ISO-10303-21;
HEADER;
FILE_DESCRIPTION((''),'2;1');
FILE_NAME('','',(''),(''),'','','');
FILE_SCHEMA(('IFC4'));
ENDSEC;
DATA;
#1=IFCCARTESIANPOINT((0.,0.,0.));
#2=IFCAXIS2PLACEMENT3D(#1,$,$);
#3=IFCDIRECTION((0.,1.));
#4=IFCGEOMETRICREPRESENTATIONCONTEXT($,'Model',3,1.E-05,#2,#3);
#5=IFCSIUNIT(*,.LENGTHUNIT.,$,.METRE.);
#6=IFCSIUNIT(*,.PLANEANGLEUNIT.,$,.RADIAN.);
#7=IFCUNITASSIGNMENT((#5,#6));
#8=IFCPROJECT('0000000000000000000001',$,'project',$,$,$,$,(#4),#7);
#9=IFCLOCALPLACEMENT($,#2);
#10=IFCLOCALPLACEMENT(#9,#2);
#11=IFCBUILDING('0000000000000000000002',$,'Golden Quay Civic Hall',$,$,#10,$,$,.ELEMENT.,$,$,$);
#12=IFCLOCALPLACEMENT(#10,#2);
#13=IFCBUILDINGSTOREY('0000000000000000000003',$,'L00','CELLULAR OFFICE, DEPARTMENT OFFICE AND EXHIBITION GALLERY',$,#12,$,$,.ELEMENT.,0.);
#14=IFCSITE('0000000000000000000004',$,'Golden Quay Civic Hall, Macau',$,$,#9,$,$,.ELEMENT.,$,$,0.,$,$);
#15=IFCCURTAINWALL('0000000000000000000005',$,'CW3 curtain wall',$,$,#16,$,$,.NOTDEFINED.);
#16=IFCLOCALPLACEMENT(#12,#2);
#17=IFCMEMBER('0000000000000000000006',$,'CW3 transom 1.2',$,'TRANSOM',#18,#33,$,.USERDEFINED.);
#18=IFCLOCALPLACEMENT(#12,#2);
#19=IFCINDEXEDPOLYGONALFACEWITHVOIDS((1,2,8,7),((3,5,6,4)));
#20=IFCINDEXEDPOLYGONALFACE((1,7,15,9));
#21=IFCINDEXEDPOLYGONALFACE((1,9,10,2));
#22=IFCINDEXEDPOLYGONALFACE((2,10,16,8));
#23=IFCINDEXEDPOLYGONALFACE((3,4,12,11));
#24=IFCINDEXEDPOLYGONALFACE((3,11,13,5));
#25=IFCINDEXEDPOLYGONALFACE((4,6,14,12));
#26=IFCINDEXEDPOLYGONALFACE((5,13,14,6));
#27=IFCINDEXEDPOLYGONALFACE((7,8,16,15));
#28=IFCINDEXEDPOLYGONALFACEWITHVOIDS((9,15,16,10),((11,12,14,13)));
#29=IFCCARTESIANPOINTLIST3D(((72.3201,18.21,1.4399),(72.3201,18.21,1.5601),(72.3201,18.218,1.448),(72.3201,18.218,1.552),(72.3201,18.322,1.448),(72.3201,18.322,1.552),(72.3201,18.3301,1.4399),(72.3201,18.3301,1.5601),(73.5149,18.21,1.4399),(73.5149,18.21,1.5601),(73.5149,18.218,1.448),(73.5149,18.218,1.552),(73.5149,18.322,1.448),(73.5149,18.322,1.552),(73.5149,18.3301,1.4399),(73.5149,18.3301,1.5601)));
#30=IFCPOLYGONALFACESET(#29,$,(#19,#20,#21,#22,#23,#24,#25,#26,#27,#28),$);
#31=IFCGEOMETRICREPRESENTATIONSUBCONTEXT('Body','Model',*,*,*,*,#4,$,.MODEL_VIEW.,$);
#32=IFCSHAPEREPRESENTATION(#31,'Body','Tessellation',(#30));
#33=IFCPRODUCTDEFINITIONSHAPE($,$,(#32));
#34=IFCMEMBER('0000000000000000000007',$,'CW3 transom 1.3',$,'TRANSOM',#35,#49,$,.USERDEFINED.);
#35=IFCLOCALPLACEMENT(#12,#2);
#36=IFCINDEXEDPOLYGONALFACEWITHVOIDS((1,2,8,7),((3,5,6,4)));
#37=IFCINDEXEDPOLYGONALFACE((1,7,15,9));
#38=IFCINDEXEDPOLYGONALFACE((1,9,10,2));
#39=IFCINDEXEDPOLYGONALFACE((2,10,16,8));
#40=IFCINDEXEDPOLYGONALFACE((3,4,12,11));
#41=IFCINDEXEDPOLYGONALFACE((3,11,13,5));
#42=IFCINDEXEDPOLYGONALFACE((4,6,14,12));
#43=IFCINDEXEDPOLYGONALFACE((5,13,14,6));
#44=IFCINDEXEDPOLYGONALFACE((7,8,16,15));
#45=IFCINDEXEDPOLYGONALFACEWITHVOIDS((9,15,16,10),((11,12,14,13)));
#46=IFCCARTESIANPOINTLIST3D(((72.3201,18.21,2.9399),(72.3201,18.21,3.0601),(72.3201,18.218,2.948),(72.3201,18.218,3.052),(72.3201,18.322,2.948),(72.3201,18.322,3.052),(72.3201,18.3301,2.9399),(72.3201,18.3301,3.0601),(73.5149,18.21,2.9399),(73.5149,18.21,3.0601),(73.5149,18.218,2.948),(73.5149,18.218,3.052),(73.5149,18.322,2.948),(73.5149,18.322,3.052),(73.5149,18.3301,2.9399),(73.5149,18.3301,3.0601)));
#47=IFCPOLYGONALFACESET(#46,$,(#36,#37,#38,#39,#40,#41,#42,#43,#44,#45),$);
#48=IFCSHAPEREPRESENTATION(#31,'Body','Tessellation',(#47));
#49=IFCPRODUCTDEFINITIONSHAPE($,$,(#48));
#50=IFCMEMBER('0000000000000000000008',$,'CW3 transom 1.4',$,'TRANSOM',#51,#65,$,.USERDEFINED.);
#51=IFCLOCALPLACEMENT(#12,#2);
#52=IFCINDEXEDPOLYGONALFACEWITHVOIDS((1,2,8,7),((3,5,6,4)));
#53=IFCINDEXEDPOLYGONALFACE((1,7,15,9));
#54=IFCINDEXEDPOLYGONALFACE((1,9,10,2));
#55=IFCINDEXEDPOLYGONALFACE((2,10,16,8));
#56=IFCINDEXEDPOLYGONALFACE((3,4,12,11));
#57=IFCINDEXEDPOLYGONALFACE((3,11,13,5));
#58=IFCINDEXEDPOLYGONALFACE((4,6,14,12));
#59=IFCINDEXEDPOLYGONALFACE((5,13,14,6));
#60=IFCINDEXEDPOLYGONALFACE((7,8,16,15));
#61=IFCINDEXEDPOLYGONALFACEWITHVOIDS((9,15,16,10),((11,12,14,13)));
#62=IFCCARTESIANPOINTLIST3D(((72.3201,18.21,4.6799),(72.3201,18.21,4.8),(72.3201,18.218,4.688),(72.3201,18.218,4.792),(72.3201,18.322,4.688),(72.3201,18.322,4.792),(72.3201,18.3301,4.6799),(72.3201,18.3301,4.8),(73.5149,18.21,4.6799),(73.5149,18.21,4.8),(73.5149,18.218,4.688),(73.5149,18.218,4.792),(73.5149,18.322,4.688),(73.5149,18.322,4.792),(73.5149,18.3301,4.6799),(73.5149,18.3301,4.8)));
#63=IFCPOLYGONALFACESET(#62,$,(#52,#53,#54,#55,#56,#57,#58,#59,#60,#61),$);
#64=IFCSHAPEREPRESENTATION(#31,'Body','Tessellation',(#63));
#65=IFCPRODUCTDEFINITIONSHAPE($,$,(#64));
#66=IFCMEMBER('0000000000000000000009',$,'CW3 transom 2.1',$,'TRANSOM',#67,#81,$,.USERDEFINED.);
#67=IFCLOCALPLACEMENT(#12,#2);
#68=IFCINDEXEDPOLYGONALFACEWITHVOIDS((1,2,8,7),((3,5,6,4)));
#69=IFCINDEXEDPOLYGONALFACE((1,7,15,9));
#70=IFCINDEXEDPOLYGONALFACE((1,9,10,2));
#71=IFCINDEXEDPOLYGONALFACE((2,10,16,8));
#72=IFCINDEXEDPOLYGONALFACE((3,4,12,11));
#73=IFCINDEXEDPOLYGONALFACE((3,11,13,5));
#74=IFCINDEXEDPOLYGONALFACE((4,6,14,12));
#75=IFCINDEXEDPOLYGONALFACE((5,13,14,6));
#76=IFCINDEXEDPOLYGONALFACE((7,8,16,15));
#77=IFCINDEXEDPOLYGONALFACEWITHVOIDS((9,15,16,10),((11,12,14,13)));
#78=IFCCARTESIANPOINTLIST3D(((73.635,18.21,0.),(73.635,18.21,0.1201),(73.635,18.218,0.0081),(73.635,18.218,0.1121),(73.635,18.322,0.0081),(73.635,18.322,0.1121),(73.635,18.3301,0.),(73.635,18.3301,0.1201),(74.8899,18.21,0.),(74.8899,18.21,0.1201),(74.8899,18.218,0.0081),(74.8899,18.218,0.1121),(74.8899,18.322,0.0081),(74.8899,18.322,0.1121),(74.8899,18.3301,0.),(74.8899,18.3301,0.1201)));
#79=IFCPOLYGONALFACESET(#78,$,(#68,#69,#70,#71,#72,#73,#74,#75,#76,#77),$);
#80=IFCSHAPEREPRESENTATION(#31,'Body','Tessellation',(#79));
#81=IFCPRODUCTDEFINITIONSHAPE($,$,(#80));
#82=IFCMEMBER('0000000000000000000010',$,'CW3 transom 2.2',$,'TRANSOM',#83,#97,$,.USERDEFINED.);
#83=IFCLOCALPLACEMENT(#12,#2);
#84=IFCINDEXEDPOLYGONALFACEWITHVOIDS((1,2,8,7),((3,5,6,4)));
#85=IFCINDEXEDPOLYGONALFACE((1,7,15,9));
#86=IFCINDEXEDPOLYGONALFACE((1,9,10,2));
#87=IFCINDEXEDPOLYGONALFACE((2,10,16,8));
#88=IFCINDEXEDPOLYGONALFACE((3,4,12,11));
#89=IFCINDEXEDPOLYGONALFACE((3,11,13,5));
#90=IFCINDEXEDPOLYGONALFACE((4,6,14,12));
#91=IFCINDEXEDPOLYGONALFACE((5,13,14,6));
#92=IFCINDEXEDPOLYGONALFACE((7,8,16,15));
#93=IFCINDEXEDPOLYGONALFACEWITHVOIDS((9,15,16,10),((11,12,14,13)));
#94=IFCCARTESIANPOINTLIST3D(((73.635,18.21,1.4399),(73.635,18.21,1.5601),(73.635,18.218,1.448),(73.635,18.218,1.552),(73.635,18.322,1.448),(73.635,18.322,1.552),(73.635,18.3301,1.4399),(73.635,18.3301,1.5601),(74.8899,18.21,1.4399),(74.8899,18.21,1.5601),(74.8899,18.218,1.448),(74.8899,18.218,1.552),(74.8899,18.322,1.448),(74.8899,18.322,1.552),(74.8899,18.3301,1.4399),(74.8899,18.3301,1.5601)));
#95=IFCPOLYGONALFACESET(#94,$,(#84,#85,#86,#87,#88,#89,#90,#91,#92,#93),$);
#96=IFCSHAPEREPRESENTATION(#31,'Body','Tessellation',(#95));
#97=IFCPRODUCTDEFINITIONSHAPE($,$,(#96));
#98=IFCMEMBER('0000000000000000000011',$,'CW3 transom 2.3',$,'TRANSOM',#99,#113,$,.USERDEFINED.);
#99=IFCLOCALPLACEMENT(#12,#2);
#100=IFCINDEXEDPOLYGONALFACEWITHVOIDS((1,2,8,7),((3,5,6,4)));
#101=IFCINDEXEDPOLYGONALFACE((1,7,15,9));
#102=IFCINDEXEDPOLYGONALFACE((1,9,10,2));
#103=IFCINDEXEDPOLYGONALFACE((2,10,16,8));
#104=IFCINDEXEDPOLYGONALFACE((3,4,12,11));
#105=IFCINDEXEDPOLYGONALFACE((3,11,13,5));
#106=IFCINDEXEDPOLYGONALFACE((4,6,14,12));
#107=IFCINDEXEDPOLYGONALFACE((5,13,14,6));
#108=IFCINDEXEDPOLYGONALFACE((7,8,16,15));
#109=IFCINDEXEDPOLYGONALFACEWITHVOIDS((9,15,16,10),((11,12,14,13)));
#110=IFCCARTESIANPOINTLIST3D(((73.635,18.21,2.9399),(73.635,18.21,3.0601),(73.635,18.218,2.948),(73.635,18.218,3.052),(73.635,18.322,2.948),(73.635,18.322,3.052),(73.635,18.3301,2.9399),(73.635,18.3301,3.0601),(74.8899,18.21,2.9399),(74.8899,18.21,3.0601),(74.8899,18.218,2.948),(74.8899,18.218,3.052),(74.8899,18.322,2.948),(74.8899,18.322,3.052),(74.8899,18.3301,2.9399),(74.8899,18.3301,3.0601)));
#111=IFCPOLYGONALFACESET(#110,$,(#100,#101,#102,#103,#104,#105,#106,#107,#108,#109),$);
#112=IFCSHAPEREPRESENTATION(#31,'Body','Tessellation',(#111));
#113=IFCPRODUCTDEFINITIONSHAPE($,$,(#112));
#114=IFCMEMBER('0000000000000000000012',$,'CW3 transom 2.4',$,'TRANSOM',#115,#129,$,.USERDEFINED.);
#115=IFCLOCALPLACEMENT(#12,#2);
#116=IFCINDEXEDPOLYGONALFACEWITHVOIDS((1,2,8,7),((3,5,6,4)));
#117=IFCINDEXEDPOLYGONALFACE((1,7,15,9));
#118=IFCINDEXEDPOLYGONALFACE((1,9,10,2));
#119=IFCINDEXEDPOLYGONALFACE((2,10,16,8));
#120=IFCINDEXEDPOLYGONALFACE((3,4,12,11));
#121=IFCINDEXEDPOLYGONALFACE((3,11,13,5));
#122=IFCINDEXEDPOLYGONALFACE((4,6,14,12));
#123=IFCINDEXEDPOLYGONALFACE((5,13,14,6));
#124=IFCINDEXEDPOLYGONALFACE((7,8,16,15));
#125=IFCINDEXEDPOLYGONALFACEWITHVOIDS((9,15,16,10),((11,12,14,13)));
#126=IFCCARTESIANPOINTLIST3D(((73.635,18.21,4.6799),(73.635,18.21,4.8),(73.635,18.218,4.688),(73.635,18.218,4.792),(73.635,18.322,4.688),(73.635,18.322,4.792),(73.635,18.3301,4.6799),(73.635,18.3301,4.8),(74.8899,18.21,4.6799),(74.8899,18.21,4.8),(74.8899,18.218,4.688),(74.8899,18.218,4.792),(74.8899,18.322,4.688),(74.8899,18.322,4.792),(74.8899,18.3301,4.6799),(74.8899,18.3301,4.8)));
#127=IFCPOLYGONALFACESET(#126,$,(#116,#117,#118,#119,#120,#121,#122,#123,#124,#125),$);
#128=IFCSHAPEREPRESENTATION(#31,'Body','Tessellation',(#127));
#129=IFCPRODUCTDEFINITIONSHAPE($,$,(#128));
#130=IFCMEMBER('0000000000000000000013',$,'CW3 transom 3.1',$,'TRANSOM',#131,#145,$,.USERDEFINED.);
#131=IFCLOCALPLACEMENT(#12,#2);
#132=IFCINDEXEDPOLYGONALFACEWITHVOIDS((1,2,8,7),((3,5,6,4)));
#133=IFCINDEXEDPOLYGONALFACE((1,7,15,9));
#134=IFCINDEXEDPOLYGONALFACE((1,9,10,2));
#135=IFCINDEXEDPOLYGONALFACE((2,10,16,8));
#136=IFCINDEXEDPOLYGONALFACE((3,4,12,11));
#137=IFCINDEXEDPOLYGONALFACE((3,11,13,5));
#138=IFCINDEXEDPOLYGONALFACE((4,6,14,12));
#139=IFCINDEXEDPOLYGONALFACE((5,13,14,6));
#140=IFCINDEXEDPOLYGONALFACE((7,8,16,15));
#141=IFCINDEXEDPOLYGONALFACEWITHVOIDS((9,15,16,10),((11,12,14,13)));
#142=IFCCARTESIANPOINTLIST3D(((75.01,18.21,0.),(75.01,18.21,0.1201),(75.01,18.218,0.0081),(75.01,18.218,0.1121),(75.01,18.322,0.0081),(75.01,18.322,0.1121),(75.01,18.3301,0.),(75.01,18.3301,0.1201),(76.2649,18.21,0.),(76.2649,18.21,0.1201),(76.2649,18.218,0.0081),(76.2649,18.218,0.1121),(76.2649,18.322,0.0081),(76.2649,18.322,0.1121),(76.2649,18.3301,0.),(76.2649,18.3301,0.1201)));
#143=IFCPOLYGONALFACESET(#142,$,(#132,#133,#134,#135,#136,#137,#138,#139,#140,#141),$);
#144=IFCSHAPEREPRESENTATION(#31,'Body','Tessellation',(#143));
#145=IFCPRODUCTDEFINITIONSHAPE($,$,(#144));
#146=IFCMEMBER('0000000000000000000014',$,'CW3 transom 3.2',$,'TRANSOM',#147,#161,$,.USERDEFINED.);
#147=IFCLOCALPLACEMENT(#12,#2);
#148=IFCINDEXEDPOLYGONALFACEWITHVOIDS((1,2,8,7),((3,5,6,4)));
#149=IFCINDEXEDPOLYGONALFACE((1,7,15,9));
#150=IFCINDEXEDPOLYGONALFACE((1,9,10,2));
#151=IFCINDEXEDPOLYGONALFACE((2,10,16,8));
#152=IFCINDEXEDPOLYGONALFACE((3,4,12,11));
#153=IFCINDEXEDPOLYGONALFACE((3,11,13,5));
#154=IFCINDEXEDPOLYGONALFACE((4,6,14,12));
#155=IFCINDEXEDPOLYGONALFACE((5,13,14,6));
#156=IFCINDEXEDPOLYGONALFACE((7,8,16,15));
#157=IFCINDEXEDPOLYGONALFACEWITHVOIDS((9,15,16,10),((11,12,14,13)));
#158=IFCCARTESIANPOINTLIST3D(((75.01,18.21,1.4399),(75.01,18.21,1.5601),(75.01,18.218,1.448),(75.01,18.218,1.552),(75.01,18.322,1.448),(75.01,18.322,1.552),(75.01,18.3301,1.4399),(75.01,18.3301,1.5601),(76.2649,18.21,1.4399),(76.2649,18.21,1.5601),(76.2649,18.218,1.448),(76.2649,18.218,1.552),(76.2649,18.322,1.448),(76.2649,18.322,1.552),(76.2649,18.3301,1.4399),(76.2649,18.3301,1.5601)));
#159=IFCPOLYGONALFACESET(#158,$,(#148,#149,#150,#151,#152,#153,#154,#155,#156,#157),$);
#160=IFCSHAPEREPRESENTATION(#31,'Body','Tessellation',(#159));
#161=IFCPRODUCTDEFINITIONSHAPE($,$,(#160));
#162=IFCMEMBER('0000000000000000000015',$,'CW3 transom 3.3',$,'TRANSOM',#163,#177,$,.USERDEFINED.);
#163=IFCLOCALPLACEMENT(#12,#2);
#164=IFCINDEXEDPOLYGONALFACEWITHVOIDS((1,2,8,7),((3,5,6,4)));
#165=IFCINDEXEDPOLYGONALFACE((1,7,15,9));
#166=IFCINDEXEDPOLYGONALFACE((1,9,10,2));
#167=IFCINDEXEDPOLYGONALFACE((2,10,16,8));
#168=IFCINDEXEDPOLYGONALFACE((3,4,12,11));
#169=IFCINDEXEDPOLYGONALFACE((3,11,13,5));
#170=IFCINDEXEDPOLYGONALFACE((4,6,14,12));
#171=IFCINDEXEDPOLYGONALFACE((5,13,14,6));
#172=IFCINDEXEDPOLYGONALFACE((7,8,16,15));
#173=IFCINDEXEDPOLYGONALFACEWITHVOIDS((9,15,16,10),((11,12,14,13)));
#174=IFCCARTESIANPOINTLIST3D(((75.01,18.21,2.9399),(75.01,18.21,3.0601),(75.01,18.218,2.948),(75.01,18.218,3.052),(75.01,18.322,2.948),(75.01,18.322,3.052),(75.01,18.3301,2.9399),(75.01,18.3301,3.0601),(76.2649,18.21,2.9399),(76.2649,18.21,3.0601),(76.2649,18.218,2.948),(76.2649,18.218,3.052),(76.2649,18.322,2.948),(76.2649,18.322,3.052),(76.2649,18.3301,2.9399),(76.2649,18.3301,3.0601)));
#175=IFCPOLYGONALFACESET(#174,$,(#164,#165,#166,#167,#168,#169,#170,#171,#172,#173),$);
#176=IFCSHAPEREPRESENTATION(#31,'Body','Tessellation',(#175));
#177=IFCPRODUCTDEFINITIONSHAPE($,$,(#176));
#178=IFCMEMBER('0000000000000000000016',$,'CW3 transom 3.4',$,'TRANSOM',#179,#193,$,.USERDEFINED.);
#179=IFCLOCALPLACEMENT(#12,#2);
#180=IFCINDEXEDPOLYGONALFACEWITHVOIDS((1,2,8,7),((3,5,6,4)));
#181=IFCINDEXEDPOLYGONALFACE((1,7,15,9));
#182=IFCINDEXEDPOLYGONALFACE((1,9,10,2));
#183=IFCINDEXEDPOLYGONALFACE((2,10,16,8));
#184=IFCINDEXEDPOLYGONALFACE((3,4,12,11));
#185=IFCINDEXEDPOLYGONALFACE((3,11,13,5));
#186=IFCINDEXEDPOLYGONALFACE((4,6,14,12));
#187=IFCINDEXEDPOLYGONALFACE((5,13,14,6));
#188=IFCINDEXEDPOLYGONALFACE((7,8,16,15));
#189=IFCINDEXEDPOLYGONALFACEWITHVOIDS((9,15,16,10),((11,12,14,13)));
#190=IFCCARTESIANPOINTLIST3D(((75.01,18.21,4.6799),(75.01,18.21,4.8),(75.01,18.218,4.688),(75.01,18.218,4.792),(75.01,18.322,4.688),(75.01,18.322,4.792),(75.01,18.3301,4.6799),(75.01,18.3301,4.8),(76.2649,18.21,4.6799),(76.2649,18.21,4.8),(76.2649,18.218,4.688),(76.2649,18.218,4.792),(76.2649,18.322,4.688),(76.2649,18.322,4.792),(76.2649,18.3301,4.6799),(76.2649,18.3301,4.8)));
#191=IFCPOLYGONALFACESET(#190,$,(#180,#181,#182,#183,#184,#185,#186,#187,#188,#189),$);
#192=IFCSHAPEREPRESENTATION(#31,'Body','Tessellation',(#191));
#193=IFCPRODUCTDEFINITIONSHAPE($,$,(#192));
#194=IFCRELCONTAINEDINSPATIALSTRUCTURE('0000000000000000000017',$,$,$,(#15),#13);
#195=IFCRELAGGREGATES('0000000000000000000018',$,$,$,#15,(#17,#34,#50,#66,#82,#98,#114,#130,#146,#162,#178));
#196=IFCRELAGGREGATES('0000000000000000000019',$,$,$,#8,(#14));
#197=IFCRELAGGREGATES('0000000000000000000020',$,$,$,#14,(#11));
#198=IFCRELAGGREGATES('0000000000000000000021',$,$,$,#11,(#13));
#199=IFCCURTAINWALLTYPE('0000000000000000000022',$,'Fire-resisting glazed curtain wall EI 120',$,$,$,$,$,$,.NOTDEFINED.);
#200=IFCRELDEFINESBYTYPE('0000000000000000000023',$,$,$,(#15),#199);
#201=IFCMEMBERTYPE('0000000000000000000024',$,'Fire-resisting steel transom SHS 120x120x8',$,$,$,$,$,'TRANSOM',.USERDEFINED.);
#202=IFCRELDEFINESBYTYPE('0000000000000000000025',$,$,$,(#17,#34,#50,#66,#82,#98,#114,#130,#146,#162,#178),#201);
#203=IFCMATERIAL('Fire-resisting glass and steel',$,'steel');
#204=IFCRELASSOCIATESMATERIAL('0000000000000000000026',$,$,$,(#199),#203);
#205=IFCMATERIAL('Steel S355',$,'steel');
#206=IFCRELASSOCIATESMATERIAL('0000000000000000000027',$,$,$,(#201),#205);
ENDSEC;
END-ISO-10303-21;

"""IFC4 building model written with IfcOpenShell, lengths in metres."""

from ifc_helpers import new_model, si_unit, direction, frame, origin, origin_2d, place, context, subcontext, project, spatial, hollow_rectangle, extrude, material, material_profile, profile_set, type_object, element, aggregate, save


model = new_model("IFC4")

# Units and contexts
model_context = context("Model", 3, precision=1e-05, world=origin(), true_north=direction((0.0, 1.0)))
body_context = subcontext(model_context, "Body", "Model", "MODEL_VIEW")
ifc_project = project(units=[si_unit("LENGTHUNIT", "METRE"), si_unit("PLANEANGLEUNIT", "RADIAN")], contexts=[model_context])

# Site, building, storey
site_placement = place(None, origin())
site = spatial("IfcSite", under=ifc_project, at=site_placement, Name="Golden Quay Civic Hall, Macau", CompositionType="ELEMENT", RefElevation=0.0)
building_placement = place(site_placement, origin())
building = spatial("IfcBuilding", under=site, at=building_placement, Name="Golden Quay Civic Hall", CompositionType="ELEMENT")
storey_placement = place(building_placement, origin())
storey = spatial("IfcBuildingStorey", under=building, at=storey_placement, Name="L00", Description="CELLULAR OFFICE, DEPARTMENT OFFICE AND EXHIBITION GALLERY", CompositionType="ELEMENT", Elevation=0.0)

# Curtain wall, members
ifc_material_1 = material(Name="Fire-resisting glass and steel", Category="steel")
curtain_wall_type = type_object("IfcCurtainWallType", Name="Fire-resisting glazed curtain wall EI 120", PredefinedType="NOTDEFINED", material=ifc_material_1)
curtain_wall_placement = place(storey_placement, origin())
curtain_wall = element("IfcCurtainWall", 1, at=curtain_wall_placement, inside=storey, type_object=curtain_wall_type, Name="CW3 curtain wall", PredefinedType="NOTDEFINED")
ifc_material_2 = material(Name="Steel S355", Category="steel")
ifc_material_profile_1 = material_profile(ifc_material_2, hollow_rectangle(XDim=0.1201, YDim=0.1201, WallThickness=0.0081, at=origin_2d()), Name="SHS 120x120x8")
ifc_profile_set_1 = profile_set([ifc_material_profile_1], Name="Steel S355")
member_type_1 = type_object("IfcMemberType", Name="Fire-resisting steel transom SHS 120x120x8", ElementType="TRANSOM", PredefinedType="USERDEFINED", material=ifc_profile_set_1)
member_1_placement = place(storey_placement, frame((72.3201, 18.27, 1.5), z_axis=(1.0, 0.0, 0.0), x_axis=(0.0, 1.0, 0.0)))
member_1 = element("IfcMember", 2, at=member_1_placement, type_object=member_type_1, Name="CW3 transom 1.2", ObjectType="TRANSOM", PredefinedType="USERDEFINED", context=body_context, shape_type="SweptSolid", body=[
    extrude(hollow_rectangle(XDim=0.1201, YDim=0.1201, WallThickness=0.0081, at=origin_2d()), origin(), (0.0, 0.0, 1.0), 1.1948),
])
member_2_placement = place(storey_placement, frame((72.3201, 18.27, 3.0), z_axis=(1.0, 0.0, 0.0), x_axis=(0.0, 1.0, 0.0)))
member_2 = element("IfcMember", 3, at=member_2_placement, type_object=member_type_1, Name="CW3 transom 1.3", ObjectType="TRANSOM", PredefinedType="USERDEFINED", context=body_context, shape_type="SweptSolid", body=[
    extrude(hollow_rectangle(XDim=0.1201, YDim=0.1201, WallThickness=0.0081, at=origin_2d()), origin(), (0.0, 0.0, 1.0), 1.1948),
])
member_3_placement = place(storey_placement, frame((72.3201, 18.27, 4.74), z_axis=(1.0, 0.0, 0.0), x_axis=(0.0, 1.0, 0.0)))
member_3 = element("IfcMember", 4, at=member_3_placement, type_object=member_type_1, Name="CW3 transom 1.4", ObjectType="TRANSOM", PredefinedType="USERDEFINED", context=body_context, shape_type="SweptSolid", body=[
    extrude(hollow_rectangle(XDim=0.1201, YDim=0.1201, WallThickness=0.0081, at=origin_2d()), origin(), (0.0, 0.0, 1.0), 1.1948),
])
member_4_placement = place(storey_placement, frame((73.635, 18.27, 0.0601), z_axis=(1.0, 0.0, 0.0), x_axis=(0.0, 1.0, 0.0)))
member_4 = element("IfcMember", 5, at=member_4_placement, type_object=member_type_1, Name="CW3 transom 2.1", ObjectType="TRANSOM", PredefinedType="USERDEFINED", context=body_context, shape_type="SweptSolid", body=[
    extrude(hollow_rectangle(XDim=0.1201, YDim=0.1201, WallThickness=0.0081, at=origin_2d()), origin(), (0.0, 0.0, 1.0), 1.2549),
])
member_5_placement = place(storey_placement, frame((73.635, 18.27, 1.5), z_axis=(1.0, 0.0, 0.0), x_axis=(0.0, 1.0, 0.0)))
member_5 = element("IfcMember", 6, at=member_5_placement, type_object=member_type_1, Name="CW3 transom 2.2", ObjectType="TRANSOM", PredefinedType="USERDEFINED", context=body_context, shape_type="SweptSolid", body=[
    extrude(hollow_rectangle(XDim=0.1201, YDim=0.1201, WallThickness=0.0081, at=origin_2d()), origin(), (0.0, 0.0, 1.0), 1.2549),
])
member_6_placement = place(storey_placement, frame((73.635, 18.27, 3.0), z_axis=(1.0, 0.0, 0.0), x_axis=(0.0, 1.0, 0.0)))
member_6 = element("IfcMember", 7, at=member_6_placement, type_object=member_type_1, Name="CW3 transom 2.3", ObjectType="TRANSOM", PredefinedType="USERDEFINED", context=body_context, shape_type="SweptSolid", body=[
    extrude(hollow_rectangle(XDim=0.1201, YDim=0.1201, WallThickness=0.0081, at=origin_2d()), origin(), (0.0, 0.0, 1.0), 1.2549),
])
member_7_placement = place(storey_placement, frame((73.635, 18.27, 4.74), z_axis=(1.0, 0.0, 0.0), x_axis=(0.0, 1.0, 0.0)))
member_7 = element("IfcMember", 8, at=member_7_placement, type_object=member_type_1, Name="CW3 transom 2.4", ObjectType="TRANSOM", PredefinedType="USERDEFINED", context=body_context, shape_type="SweptSolid", body=[
    extrude(hollow_rectangle(XDim=0.1201, YDim=0.1201, WallThickness=0.0081, at=origin_2d()), origin(), (0.0, 0.0, 1.0), 1.2549),
])
member_8_placement = place(storey_placement, frame((75.01, 18.27, 0.0601), z_axis=(1.0, 0.0, 0.0), x_axis=(0.0, 1.0, 0.0)))
member_8 = element("IfcMember", 9, at=member_8_placement, type_object=member_type_1, Name="CW3 transom 3.1", ObjectType="TRANSOM", PredefinedType="USERDEFINED", context=body_context, shape_type="SweptSolid", body=[
    extrude(hollow_rectangle(XDim=0.1201, YDim=0.1201, WallThickness=0.0081, at=origin_2d()), origin(), (0.0, 0.0, 1.0), 1.2549),
])
member_9_placement = place(storey_placement, frame((75.01, 18.27, 1.5), z_axis=(1.0, 0.0, 0.0), x_axis=(0.0, 1.0, 0.0)))
member_9 = element("IfcMember", 10, at=member_9_placement, type_object=member_type_1, Name="CW3 transom 3.2", ObjectType="TRANSOM", PredefinedType="USERDEFINED", context=body_context, shape_type="SweptSolid", body=[
    extrude(hollow_rectangle(XDim=0.1201, YDim=0.1201, WallThickness=0.0081, at=origin_2d()), origin(), (0.0, 0.0, 1.0), 1.2549),
])
member_10_placement = place(storey_placement, frame((75.01, 18.27, 3.0), z_axis=(1.0, 0.0, 0.0), x_axis=(0.0, 1.0, 0.0)))
member_10 = element("IfcMember", 11, at=member_10_placement, type_object=member_type_1, Name="CW3 transom 3.3", ObjectType="TRANSOM", PredefinedType="USERDEFINED", context=body_context, shape_type="SweptSolid", body=[
    extrude(hollow_rectangle(XDim=0.1201, YDim=0.1201, WallThickness=0.0081, at=origin_2d()), origin(), (0.0, 0.0, 1.0), 1.2549),
])
member_11_placement = place(storey_placement, frame((75.01, 18.27, 4.74), z_axis=(1.0, 0.0, 0.0), x_axis=(0.0, 1.0, 0.0)))
member_11 = element("IfcMember", 12, at=member_11_placement, type_object=member_type_1, Name="CW3 transom 3.4", ObjectType="TRANSOM", PredefinedType="USERDEFINED", context=body_context, shape_type="SweptSolid", body=[
    extrude(hollow_rectangle(XDim=0.1201, YDim=0.1201, WallThickness=0.0081, at=origin_2d()), origin(), (0.0, 0.0, 1.0), 1.2549),
])
aggregate(curtain_wall, [member_1, member_2, member_3, member_4, member_5, member_6, member_7, member_8, member_9, member_10, member_11])

save(model, "model.ifc")
